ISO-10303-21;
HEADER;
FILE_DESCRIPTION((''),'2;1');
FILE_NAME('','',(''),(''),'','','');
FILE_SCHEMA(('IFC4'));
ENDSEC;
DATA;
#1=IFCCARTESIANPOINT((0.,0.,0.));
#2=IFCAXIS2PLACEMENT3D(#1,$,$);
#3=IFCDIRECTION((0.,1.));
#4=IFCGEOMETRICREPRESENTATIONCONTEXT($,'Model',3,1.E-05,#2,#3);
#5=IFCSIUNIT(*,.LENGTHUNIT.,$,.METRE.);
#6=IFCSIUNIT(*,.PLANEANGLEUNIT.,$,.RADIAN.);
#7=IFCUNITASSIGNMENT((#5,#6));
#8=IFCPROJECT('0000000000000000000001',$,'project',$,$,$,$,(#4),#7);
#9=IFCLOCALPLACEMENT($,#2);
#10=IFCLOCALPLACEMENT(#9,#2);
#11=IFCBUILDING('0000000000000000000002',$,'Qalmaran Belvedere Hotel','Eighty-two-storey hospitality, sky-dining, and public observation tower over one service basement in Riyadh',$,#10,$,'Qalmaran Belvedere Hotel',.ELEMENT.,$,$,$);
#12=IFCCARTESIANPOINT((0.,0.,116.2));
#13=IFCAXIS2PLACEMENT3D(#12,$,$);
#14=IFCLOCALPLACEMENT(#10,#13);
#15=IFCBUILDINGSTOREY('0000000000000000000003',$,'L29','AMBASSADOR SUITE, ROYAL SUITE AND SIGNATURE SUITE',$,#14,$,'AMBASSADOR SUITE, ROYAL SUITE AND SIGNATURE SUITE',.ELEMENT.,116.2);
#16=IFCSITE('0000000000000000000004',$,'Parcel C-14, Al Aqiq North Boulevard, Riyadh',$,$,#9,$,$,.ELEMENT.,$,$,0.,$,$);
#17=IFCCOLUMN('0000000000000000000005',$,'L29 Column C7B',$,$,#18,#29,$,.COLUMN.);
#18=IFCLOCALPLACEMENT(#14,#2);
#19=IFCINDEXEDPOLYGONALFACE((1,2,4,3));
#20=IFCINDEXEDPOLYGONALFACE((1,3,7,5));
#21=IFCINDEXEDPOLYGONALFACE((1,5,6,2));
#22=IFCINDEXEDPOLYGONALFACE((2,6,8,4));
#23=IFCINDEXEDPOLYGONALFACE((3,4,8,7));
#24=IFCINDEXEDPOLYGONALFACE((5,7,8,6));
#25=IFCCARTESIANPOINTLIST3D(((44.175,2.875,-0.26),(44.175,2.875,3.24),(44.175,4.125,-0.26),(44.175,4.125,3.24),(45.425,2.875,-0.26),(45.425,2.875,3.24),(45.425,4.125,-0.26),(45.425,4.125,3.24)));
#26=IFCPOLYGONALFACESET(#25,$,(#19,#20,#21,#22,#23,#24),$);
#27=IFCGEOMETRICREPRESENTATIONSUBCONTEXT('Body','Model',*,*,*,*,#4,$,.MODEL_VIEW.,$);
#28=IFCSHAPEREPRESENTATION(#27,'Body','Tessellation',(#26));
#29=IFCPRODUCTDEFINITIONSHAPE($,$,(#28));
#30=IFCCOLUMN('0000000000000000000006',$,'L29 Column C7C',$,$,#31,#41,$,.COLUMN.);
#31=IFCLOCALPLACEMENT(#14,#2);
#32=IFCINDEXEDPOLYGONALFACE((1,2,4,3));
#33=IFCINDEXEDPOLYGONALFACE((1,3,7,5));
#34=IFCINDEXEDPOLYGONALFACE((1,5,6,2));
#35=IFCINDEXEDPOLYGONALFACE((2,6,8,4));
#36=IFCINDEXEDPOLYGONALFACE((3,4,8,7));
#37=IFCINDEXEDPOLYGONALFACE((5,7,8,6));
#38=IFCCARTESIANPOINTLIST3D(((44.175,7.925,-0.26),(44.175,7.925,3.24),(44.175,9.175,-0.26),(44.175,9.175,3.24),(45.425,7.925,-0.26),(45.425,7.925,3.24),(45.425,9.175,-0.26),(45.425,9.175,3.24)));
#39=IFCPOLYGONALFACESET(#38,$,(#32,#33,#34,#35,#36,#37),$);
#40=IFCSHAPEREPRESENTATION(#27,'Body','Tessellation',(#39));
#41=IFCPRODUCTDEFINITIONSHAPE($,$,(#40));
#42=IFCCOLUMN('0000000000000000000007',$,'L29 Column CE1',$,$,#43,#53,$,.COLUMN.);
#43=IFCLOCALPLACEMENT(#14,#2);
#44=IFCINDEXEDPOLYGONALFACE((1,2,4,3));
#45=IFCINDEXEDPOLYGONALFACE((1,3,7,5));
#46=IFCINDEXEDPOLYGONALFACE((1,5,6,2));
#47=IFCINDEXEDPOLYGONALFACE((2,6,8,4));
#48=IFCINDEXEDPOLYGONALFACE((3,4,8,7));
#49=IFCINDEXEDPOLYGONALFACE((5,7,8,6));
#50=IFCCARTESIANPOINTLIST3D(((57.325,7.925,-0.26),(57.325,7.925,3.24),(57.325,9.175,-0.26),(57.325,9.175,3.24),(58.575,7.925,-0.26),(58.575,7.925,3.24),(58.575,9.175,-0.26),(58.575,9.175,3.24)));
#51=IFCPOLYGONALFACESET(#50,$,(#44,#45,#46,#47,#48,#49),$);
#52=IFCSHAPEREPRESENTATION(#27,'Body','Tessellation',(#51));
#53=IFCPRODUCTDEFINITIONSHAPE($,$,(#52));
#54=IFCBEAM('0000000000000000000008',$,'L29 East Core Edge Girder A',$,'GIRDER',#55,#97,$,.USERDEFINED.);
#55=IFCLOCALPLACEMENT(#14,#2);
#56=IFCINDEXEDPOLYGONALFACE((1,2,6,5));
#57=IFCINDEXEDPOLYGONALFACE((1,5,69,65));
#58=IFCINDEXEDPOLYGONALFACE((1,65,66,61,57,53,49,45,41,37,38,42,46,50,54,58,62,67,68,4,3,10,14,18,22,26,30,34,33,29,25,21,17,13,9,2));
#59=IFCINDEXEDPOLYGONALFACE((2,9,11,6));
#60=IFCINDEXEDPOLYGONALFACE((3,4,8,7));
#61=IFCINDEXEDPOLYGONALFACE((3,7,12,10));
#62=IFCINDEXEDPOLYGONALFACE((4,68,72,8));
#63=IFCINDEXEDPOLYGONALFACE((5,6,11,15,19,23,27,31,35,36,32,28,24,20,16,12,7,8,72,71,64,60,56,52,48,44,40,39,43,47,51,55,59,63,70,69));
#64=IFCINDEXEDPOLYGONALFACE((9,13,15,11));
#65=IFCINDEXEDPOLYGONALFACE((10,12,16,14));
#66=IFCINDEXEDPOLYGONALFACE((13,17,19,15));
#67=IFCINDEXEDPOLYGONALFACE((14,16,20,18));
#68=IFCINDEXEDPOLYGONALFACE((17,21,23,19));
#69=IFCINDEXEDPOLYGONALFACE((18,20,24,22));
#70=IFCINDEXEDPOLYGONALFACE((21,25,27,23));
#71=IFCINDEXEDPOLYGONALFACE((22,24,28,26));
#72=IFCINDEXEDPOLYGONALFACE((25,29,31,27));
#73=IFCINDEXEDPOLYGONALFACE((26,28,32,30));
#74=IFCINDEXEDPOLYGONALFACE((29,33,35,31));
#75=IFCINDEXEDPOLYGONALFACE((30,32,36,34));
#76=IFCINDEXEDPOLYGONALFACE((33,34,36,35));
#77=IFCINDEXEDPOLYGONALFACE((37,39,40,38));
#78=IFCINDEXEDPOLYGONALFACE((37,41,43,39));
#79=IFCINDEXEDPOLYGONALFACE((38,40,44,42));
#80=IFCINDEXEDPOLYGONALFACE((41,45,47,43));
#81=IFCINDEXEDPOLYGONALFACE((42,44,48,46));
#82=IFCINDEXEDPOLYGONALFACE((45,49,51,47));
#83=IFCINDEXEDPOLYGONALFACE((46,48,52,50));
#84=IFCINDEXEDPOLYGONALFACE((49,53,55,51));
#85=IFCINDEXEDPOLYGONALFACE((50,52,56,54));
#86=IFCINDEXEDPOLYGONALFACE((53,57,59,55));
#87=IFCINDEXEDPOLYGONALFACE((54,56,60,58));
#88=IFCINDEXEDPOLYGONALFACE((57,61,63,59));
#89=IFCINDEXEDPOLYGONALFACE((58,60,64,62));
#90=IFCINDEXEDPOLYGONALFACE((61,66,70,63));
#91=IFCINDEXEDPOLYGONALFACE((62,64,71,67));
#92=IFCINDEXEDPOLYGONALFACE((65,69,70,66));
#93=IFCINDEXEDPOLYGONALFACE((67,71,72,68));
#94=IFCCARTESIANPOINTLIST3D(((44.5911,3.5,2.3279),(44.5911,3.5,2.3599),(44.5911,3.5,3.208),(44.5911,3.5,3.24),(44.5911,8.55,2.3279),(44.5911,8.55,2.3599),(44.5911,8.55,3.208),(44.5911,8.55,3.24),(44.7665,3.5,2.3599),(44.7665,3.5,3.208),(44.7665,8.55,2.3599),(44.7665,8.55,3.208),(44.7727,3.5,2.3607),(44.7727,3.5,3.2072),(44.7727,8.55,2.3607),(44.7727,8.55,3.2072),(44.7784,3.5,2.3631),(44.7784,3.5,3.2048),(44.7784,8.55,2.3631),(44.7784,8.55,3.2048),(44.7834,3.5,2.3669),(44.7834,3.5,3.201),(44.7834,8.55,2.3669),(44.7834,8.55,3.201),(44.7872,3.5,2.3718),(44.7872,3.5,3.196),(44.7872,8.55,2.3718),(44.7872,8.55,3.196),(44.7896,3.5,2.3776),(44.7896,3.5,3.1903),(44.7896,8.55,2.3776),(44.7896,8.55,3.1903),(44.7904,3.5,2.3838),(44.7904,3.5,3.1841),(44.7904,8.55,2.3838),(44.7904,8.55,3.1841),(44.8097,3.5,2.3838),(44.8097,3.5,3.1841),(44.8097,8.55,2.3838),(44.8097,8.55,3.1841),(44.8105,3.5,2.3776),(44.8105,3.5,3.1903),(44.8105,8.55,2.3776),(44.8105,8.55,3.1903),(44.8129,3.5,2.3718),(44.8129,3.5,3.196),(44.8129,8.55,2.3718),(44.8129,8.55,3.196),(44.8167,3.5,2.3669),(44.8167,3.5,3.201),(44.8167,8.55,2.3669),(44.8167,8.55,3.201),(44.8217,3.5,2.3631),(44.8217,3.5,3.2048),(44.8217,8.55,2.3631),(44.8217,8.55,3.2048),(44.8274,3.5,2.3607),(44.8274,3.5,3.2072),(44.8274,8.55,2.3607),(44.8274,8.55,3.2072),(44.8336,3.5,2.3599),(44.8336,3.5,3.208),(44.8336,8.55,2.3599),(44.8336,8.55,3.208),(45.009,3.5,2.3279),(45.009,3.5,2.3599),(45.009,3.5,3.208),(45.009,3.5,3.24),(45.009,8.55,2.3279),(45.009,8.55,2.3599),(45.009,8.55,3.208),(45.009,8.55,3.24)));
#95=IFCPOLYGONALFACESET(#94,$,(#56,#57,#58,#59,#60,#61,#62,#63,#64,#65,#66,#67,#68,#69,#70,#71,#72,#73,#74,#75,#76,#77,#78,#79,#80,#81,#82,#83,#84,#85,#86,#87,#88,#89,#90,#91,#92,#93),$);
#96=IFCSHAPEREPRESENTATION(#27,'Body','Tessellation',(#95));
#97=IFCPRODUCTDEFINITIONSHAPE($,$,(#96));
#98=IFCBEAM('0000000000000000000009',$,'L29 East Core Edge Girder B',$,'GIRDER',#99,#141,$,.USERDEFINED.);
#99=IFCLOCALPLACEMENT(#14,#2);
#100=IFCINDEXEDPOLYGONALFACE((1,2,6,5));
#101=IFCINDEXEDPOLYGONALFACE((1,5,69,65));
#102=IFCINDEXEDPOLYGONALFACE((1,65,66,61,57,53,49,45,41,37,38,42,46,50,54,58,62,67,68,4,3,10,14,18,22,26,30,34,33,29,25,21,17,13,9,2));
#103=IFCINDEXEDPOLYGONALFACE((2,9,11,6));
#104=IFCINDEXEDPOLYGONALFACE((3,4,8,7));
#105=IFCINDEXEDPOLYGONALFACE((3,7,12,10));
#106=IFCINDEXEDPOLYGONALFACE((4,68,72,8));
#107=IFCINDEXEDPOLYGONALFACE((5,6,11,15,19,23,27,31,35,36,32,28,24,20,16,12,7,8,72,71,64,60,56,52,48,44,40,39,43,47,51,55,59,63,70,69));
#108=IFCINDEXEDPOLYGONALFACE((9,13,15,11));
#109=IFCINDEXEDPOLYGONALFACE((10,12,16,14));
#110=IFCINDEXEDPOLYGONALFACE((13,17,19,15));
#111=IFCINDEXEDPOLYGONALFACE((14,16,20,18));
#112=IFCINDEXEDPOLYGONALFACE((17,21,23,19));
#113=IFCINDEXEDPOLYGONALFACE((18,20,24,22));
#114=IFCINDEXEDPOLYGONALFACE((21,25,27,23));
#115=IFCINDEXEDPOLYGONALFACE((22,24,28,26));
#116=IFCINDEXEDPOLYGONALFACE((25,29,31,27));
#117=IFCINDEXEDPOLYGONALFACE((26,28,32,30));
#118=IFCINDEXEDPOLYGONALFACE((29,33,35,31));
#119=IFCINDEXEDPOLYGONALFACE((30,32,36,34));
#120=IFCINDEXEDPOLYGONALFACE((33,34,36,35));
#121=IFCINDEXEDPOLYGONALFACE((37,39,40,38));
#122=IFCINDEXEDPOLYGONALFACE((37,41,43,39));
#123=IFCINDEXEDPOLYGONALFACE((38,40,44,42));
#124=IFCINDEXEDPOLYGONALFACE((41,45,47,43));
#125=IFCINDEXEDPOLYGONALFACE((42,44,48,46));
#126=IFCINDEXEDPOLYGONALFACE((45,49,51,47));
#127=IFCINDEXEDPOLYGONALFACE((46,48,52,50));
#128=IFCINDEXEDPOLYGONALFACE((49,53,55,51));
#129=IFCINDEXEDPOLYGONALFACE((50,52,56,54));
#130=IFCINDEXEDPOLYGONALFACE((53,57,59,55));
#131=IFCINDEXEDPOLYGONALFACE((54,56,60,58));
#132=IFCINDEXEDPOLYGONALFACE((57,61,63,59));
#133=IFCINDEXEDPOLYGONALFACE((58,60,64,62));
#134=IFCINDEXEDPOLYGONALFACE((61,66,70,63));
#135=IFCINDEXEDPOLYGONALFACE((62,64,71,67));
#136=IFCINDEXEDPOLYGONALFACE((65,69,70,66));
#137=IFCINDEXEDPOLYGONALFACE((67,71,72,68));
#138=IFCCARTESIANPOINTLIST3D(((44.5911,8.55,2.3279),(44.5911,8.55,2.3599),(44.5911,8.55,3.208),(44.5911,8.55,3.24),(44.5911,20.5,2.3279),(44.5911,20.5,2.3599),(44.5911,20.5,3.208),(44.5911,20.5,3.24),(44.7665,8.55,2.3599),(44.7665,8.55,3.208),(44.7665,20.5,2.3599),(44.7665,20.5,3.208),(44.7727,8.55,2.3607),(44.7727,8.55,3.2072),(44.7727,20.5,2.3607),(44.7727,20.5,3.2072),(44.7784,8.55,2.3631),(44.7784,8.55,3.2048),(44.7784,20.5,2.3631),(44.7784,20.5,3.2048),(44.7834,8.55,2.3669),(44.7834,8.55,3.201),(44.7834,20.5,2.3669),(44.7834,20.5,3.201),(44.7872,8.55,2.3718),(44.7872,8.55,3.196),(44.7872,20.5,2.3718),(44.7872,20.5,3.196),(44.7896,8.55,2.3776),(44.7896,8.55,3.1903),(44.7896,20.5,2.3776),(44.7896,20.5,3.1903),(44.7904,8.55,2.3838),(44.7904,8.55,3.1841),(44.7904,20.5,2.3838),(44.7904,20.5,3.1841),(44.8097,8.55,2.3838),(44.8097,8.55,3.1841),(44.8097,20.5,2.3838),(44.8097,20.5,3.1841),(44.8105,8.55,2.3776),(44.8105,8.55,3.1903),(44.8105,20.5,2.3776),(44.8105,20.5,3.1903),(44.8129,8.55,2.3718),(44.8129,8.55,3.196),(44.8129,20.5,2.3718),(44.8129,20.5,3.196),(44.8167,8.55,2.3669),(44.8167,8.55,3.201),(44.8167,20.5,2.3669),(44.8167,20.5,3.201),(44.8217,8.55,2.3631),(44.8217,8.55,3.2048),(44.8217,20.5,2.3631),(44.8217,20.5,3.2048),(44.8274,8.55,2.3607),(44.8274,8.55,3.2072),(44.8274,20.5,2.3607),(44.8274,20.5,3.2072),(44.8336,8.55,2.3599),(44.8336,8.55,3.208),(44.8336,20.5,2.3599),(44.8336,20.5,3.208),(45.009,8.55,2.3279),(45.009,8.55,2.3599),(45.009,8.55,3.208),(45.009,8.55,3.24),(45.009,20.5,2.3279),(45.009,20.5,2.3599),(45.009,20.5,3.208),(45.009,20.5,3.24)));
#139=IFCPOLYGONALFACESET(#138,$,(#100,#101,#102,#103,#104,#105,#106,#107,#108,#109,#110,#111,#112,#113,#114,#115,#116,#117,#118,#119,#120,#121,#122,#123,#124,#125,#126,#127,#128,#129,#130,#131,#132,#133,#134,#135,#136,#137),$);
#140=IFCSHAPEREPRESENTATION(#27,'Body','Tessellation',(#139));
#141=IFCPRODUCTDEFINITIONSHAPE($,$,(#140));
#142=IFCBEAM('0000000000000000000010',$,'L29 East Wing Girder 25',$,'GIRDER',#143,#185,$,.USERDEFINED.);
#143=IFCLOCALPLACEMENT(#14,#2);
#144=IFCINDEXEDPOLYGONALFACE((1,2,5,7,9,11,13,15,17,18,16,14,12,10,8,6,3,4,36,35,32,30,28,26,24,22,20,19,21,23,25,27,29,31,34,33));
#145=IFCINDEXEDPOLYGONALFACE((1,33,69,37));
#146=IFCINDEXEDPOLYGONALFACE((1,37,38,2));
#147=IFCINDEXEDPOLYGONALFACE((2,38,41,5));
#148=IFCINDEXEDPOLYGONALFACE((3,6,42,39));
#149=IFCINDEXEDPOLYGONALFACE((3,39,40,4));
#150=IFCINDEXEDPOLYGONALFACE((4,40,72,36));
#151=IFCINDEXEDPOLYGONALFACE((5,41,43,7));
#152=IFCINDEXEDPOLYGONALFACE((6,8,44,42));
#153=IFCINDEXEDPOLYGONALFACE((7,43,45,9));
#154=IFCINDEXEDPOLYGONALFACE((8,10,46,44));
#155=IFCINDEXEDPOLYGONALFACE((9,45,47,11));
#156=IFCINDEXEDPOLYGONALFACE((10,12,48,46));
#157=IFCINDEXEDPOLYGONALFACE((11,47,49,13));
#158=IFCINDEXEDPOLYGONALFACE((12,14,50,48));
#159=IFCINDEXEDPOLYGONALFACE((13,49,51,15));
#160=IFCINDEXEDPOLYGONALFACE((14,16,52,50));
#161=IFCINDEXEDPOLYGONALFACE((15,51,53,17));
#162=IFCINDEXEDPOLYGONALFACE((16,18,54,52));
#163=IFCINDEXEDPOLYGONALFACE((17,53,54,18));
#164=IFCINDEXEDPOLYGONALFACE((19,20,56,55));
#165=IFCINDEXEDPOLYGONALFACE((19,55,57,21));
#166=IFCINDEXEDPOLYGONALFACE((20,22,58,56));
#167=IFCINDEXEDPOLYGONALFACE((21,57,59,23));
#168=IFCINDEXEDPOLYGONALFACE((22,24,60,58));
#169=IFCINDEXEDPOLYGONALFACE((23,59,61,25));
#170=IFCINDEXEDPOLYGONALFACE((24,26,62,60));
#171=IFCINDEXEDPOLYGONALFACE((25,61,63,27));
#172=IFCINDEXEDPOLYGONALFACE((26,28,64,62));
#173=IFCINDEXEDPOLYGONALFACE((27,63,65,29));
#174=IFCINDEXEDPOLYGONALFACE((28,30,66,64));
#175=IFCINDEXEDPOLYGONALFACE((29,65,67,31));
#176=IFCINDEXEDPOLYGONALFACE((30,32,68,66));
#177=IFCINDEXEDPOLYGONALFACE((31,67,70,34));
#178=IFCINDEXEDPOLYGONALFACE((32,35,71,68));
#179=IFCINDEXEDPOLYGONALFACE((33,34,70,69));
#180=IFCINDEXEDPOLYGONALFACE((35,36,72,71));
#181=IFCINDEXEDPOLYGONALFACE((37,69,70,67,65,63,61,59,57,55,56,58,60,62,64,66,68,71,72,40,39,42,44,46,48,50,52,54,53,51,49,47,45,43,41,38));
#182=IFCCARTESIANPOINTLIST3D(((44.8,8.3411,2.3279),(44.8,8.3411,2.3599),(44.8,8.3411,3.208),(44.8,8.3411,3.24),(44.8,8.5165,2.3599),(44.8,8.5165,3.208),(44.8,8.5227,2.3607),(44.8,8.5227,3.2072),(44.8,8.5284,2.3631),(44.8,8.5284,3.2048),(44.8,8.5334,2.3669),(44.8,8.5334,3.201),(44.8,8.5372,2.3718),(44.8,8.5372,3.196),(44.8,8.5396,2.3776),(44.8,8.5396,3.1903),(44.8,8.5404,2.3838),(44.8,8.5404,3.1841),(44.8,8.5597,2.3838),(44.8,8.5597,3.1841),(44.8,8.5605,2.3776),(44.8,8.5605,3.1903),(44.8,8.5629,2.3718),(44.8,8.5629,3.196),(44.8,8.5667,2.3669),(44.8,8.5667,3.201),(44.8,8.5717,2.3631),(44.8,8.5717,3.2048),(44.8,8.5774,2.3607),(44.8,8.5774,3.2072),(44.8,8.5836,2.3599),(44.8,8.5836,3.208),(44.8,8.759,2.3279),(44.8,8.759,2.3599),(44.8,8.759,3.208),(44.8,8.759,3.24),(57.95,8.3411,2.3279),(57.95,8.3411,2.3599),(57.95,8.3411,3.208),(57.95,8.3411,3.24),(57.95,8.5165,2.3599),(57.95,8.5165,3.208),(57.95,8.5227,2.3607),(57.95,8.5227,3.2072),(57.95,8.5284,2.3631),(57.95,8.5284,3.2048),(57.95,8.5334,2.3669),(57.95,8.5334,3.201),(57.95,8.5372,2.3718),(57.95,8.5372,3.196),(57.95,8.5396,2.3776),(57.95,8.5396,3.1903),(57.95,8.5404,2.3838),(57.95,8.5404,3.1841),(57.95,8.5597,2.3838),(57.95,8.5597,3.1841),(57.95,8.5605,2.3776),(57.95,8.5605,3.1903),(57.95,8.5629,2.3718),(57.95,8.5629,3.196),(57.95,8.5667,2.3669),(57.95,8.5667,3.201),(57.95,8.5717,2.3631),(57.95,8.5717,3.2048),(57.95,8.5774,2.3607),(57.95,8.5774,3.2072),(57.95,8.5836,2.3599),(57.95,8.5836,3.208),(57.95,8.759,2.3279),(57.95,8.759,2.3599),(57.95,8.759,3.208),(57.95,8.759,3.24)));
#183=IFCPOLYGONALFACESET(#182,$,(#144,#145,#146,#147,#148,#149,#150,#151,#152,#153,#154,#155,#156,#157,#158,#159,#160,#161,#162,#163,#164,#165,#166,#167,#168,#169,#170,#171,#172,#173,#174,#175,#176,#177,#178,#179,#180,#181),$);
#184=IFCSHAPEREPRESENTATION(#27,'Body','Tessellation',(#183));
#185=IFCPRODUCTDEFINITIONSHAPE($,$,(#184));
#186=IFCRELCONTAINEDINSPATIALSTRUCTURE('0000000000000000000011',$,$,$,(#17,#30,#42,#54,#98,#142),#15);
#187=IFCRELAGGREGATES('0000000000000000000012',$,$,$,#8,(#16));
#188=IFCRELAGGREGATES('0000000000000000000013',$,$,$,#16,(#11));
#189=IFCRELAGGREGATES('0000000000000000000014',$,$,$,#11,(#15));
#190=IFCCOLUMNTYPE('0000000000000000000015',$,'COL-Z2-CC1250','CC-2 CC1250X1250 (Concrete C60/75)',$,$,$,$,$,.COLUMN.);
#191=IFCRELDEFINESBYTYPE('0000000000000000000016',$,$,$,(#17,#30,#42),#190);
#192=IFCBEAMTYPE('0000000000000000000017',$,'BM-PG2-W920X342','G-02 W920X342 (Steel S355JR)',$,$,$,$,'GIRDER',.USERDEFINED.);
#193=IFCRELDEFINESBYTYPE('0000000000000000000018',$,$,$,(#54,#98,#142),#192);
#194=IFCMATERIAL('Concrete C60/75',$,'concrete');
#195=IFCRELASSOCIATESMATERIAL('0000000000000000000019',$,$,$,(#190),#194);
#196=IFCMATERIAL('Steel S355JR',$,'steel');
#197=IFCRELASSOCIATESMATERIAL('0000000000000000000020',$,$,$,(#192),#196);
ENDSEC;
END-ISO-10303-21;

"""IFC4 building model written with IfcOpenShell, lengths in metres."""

from ifc_helpers import new_model, si_unit, direction, frame, origin, origin_2d, place, context, subcontext, project, spatial, rectangle, i_section, extrude, material, material_profile, profile_set, type_object, element, save


model = new_model("IFC4")

# Units and contexts
model_context = context("Model", 3, precision=1e-05, world=origin(), true_north=direction((0.0, 1.0)))
body_context = subcontext(model_context, "Body", "Model", "MODEL_VIEW")
ifc_project = project(units=[si_unit("LENGTHUNIT", "METRE"), si_unit("PLANEANGLEUNIT", "RADIAN")], contexts=[model_context])

# Site, building, storey
site_placement = place(None, origin())
site = spatial("IfcSite", under=ifc_project, at=site_placement, Name="Parcel C-14, Al Aqiq North Boulevard, Riyadh", CompositionType="ELEMENT", RefElevation=0.0)
building_placement = place(site_placement, origin())
building = spatial("IfcBuilding", under=site, at=building_placement, Name="Qalmaran Belvedere Hotel", Description="Eighty-two-storey hospitality, sky-dining, and public observation tower over one service basement in Riyadh", LongName="Qalmaran Belvedere Hotel", CompositionType="ELEMENT")
storey_placement = place(building_placement, frame((0.0, 0.0, 116.2)))
storey = spatial("IfcBuildingStorey", under=building, at=storey_placement, Name="L29", Description="AMBASSADOR SUITE, ROYAL SUITE AND SIGNATURE SUITE", LongName="AMBASSADOR SUITE, ROYAL SUITE AND SIGNATURE SUITE", CompositionType="ELEMENT", Elevation=116.2)

# Columns
ifc_material_1 = material(Name="Concrete C60/75", Category="concrete")
ifc_material_profile_1 = material_profile(ifc_material_1, rectangle(XDim=1.25, YDim=1.25, at=origin_2d()), Name="CC1250X1250")
ifc_profile_set_1 = profile_set([ifc_material_profile_1], Name="Concrete C60/75")
column_type = type_object("IfcColumnType", Name="COL-Z2-CC1250", Description="CC-2 CC1250X1250 (Concrete C60/75)", PredefinedType="COLUMN", material=ifc_profile_set_1)
for number, where, z_axis, x_axis, name in (
    (1, (44.8, 3.5, -0.26), (0.0, 0.0, 1.0), (1.0, 0.0, 0.0), "L29 Column C7B"),
    (2, (44.8, 8.55, -0.26), (0.0, 0.0, 1.0), (1.0, 0.0, 0.0), "L29 Column C7C"),
    (3, (57.95, 8.55, -0.26), (0.0, 0.0, 1.0), (1.0, 0.0, 0.0), "L29 Column CE1"),
):
    element("IfcColumn", number, at=place(storey_placement, frame(where, z_axis=z_axis, x_axis=x_axis)), inside=storey, type_object=column_type, Name=name, PredefinedType="COLUMN", context=body_context, shape_type="SweptSolid", body=[
        extrude(rectangle(XDim=1.25, YDim=1.25, at=origin_2d()), origin(), (0.0, 0.0, 1.0), 3.5),
    ])

# Beams
ifc_material_2 = material(Name="Steel S355JR", Category="steel")
ifc_material_profile_2 = material_profile(ifc_material_2, i_section(OverallWidth=0.418, OverallDepth=0.9121, WebThickness=0.0193, FlangeThickness=0.032, FilletRadius=0.0239, at=origin_2d()), Name="W920X342")
ifc_profile_set_2 = profile_set([ifc_material_profile_2], Name="Steel S355JR")
beam_type_1 = type_object("IfcBeamType", Name="BM-PG2-W920X342", Description="G-02 W920X342 (Steel S355JR)", ElementType="GIRDER", PredefinedType="USERDEFINED", material=ifc_profile_set_2)
beam_1_placement = place(storey_placement, frame((44.8, 3.5, 2.7839), z_axis=(0.0, 1.0, 0.0), x_axis=(-1.0, 0.0, 0.0)))
element("IfcBeam", 4, at=beam_1_placement, inside=storey, type_object=beam_type_1, Name="L29 East Core Edge Girder A", ObjectType="GIRDER", PredefinedType="USERDEFINED", context=body_context, shape_type="SweptSolid", body=[
    extrude(i_section(OverallWidth=0.418, OverallDepth=0.9121, WebThickness=0.0193, FlangeThickness=0.032, FilletRadius=0.0239, at=origin_2d()), origin(), (0.0, 0.0, 1.0), 5.05),
])
beam_2_placement = place(storey_placement, frame((44.8, 8.55, 2.7839), z_axis=(0.0, 1.0, 0.0), x_axis=(-1.0, 0.0, 0.0)))
element("IfcBeam", 5, at=beam_2_placement, inside=storey, type_object=beam_type_1, Name="L29 East Core Edge Girder B", ObjectType="GIRDER", PredefinedType="USERDEFINED", context=body_context, shape_type="SweptSolid", body=[
    extrude(i_section(OverallWidth=0.418, OverallDepth=0.9121, WebThickness=0.0193, FlangeThickness=0.032, FilletRadius=0.0239, at=origin_2d()), origin(), (0.0, 0.0, 1.0), 11.95),
])
beam_3_placement = place(storey_placement, frame((44.8, 8.55, 2.7839), z_axis=(1.0, 0.0, 0.0), x_axis=(0.0, 1.0, 0.0)))
element("IfcBeam", 6, at=beam_3_placement, inside=storey, type_object=beam_type_1, Name="L29 East Wing Girder 25", ObjectType="GIRDER", PredefinedType="USERDEFINED", context=body_context, shape_type="SweptSolid", body=[
    extrude(i_section(OverallWidth=0.418, OverallDepth=0.9121, WebThickness=0.0193, FlangeThickness=0.032, FilletRadius=0.0239, at=origin_2d()), origin(), (0.0, 0.0, 1.0), 13.1499),
])

save(model, "model.ifc")
